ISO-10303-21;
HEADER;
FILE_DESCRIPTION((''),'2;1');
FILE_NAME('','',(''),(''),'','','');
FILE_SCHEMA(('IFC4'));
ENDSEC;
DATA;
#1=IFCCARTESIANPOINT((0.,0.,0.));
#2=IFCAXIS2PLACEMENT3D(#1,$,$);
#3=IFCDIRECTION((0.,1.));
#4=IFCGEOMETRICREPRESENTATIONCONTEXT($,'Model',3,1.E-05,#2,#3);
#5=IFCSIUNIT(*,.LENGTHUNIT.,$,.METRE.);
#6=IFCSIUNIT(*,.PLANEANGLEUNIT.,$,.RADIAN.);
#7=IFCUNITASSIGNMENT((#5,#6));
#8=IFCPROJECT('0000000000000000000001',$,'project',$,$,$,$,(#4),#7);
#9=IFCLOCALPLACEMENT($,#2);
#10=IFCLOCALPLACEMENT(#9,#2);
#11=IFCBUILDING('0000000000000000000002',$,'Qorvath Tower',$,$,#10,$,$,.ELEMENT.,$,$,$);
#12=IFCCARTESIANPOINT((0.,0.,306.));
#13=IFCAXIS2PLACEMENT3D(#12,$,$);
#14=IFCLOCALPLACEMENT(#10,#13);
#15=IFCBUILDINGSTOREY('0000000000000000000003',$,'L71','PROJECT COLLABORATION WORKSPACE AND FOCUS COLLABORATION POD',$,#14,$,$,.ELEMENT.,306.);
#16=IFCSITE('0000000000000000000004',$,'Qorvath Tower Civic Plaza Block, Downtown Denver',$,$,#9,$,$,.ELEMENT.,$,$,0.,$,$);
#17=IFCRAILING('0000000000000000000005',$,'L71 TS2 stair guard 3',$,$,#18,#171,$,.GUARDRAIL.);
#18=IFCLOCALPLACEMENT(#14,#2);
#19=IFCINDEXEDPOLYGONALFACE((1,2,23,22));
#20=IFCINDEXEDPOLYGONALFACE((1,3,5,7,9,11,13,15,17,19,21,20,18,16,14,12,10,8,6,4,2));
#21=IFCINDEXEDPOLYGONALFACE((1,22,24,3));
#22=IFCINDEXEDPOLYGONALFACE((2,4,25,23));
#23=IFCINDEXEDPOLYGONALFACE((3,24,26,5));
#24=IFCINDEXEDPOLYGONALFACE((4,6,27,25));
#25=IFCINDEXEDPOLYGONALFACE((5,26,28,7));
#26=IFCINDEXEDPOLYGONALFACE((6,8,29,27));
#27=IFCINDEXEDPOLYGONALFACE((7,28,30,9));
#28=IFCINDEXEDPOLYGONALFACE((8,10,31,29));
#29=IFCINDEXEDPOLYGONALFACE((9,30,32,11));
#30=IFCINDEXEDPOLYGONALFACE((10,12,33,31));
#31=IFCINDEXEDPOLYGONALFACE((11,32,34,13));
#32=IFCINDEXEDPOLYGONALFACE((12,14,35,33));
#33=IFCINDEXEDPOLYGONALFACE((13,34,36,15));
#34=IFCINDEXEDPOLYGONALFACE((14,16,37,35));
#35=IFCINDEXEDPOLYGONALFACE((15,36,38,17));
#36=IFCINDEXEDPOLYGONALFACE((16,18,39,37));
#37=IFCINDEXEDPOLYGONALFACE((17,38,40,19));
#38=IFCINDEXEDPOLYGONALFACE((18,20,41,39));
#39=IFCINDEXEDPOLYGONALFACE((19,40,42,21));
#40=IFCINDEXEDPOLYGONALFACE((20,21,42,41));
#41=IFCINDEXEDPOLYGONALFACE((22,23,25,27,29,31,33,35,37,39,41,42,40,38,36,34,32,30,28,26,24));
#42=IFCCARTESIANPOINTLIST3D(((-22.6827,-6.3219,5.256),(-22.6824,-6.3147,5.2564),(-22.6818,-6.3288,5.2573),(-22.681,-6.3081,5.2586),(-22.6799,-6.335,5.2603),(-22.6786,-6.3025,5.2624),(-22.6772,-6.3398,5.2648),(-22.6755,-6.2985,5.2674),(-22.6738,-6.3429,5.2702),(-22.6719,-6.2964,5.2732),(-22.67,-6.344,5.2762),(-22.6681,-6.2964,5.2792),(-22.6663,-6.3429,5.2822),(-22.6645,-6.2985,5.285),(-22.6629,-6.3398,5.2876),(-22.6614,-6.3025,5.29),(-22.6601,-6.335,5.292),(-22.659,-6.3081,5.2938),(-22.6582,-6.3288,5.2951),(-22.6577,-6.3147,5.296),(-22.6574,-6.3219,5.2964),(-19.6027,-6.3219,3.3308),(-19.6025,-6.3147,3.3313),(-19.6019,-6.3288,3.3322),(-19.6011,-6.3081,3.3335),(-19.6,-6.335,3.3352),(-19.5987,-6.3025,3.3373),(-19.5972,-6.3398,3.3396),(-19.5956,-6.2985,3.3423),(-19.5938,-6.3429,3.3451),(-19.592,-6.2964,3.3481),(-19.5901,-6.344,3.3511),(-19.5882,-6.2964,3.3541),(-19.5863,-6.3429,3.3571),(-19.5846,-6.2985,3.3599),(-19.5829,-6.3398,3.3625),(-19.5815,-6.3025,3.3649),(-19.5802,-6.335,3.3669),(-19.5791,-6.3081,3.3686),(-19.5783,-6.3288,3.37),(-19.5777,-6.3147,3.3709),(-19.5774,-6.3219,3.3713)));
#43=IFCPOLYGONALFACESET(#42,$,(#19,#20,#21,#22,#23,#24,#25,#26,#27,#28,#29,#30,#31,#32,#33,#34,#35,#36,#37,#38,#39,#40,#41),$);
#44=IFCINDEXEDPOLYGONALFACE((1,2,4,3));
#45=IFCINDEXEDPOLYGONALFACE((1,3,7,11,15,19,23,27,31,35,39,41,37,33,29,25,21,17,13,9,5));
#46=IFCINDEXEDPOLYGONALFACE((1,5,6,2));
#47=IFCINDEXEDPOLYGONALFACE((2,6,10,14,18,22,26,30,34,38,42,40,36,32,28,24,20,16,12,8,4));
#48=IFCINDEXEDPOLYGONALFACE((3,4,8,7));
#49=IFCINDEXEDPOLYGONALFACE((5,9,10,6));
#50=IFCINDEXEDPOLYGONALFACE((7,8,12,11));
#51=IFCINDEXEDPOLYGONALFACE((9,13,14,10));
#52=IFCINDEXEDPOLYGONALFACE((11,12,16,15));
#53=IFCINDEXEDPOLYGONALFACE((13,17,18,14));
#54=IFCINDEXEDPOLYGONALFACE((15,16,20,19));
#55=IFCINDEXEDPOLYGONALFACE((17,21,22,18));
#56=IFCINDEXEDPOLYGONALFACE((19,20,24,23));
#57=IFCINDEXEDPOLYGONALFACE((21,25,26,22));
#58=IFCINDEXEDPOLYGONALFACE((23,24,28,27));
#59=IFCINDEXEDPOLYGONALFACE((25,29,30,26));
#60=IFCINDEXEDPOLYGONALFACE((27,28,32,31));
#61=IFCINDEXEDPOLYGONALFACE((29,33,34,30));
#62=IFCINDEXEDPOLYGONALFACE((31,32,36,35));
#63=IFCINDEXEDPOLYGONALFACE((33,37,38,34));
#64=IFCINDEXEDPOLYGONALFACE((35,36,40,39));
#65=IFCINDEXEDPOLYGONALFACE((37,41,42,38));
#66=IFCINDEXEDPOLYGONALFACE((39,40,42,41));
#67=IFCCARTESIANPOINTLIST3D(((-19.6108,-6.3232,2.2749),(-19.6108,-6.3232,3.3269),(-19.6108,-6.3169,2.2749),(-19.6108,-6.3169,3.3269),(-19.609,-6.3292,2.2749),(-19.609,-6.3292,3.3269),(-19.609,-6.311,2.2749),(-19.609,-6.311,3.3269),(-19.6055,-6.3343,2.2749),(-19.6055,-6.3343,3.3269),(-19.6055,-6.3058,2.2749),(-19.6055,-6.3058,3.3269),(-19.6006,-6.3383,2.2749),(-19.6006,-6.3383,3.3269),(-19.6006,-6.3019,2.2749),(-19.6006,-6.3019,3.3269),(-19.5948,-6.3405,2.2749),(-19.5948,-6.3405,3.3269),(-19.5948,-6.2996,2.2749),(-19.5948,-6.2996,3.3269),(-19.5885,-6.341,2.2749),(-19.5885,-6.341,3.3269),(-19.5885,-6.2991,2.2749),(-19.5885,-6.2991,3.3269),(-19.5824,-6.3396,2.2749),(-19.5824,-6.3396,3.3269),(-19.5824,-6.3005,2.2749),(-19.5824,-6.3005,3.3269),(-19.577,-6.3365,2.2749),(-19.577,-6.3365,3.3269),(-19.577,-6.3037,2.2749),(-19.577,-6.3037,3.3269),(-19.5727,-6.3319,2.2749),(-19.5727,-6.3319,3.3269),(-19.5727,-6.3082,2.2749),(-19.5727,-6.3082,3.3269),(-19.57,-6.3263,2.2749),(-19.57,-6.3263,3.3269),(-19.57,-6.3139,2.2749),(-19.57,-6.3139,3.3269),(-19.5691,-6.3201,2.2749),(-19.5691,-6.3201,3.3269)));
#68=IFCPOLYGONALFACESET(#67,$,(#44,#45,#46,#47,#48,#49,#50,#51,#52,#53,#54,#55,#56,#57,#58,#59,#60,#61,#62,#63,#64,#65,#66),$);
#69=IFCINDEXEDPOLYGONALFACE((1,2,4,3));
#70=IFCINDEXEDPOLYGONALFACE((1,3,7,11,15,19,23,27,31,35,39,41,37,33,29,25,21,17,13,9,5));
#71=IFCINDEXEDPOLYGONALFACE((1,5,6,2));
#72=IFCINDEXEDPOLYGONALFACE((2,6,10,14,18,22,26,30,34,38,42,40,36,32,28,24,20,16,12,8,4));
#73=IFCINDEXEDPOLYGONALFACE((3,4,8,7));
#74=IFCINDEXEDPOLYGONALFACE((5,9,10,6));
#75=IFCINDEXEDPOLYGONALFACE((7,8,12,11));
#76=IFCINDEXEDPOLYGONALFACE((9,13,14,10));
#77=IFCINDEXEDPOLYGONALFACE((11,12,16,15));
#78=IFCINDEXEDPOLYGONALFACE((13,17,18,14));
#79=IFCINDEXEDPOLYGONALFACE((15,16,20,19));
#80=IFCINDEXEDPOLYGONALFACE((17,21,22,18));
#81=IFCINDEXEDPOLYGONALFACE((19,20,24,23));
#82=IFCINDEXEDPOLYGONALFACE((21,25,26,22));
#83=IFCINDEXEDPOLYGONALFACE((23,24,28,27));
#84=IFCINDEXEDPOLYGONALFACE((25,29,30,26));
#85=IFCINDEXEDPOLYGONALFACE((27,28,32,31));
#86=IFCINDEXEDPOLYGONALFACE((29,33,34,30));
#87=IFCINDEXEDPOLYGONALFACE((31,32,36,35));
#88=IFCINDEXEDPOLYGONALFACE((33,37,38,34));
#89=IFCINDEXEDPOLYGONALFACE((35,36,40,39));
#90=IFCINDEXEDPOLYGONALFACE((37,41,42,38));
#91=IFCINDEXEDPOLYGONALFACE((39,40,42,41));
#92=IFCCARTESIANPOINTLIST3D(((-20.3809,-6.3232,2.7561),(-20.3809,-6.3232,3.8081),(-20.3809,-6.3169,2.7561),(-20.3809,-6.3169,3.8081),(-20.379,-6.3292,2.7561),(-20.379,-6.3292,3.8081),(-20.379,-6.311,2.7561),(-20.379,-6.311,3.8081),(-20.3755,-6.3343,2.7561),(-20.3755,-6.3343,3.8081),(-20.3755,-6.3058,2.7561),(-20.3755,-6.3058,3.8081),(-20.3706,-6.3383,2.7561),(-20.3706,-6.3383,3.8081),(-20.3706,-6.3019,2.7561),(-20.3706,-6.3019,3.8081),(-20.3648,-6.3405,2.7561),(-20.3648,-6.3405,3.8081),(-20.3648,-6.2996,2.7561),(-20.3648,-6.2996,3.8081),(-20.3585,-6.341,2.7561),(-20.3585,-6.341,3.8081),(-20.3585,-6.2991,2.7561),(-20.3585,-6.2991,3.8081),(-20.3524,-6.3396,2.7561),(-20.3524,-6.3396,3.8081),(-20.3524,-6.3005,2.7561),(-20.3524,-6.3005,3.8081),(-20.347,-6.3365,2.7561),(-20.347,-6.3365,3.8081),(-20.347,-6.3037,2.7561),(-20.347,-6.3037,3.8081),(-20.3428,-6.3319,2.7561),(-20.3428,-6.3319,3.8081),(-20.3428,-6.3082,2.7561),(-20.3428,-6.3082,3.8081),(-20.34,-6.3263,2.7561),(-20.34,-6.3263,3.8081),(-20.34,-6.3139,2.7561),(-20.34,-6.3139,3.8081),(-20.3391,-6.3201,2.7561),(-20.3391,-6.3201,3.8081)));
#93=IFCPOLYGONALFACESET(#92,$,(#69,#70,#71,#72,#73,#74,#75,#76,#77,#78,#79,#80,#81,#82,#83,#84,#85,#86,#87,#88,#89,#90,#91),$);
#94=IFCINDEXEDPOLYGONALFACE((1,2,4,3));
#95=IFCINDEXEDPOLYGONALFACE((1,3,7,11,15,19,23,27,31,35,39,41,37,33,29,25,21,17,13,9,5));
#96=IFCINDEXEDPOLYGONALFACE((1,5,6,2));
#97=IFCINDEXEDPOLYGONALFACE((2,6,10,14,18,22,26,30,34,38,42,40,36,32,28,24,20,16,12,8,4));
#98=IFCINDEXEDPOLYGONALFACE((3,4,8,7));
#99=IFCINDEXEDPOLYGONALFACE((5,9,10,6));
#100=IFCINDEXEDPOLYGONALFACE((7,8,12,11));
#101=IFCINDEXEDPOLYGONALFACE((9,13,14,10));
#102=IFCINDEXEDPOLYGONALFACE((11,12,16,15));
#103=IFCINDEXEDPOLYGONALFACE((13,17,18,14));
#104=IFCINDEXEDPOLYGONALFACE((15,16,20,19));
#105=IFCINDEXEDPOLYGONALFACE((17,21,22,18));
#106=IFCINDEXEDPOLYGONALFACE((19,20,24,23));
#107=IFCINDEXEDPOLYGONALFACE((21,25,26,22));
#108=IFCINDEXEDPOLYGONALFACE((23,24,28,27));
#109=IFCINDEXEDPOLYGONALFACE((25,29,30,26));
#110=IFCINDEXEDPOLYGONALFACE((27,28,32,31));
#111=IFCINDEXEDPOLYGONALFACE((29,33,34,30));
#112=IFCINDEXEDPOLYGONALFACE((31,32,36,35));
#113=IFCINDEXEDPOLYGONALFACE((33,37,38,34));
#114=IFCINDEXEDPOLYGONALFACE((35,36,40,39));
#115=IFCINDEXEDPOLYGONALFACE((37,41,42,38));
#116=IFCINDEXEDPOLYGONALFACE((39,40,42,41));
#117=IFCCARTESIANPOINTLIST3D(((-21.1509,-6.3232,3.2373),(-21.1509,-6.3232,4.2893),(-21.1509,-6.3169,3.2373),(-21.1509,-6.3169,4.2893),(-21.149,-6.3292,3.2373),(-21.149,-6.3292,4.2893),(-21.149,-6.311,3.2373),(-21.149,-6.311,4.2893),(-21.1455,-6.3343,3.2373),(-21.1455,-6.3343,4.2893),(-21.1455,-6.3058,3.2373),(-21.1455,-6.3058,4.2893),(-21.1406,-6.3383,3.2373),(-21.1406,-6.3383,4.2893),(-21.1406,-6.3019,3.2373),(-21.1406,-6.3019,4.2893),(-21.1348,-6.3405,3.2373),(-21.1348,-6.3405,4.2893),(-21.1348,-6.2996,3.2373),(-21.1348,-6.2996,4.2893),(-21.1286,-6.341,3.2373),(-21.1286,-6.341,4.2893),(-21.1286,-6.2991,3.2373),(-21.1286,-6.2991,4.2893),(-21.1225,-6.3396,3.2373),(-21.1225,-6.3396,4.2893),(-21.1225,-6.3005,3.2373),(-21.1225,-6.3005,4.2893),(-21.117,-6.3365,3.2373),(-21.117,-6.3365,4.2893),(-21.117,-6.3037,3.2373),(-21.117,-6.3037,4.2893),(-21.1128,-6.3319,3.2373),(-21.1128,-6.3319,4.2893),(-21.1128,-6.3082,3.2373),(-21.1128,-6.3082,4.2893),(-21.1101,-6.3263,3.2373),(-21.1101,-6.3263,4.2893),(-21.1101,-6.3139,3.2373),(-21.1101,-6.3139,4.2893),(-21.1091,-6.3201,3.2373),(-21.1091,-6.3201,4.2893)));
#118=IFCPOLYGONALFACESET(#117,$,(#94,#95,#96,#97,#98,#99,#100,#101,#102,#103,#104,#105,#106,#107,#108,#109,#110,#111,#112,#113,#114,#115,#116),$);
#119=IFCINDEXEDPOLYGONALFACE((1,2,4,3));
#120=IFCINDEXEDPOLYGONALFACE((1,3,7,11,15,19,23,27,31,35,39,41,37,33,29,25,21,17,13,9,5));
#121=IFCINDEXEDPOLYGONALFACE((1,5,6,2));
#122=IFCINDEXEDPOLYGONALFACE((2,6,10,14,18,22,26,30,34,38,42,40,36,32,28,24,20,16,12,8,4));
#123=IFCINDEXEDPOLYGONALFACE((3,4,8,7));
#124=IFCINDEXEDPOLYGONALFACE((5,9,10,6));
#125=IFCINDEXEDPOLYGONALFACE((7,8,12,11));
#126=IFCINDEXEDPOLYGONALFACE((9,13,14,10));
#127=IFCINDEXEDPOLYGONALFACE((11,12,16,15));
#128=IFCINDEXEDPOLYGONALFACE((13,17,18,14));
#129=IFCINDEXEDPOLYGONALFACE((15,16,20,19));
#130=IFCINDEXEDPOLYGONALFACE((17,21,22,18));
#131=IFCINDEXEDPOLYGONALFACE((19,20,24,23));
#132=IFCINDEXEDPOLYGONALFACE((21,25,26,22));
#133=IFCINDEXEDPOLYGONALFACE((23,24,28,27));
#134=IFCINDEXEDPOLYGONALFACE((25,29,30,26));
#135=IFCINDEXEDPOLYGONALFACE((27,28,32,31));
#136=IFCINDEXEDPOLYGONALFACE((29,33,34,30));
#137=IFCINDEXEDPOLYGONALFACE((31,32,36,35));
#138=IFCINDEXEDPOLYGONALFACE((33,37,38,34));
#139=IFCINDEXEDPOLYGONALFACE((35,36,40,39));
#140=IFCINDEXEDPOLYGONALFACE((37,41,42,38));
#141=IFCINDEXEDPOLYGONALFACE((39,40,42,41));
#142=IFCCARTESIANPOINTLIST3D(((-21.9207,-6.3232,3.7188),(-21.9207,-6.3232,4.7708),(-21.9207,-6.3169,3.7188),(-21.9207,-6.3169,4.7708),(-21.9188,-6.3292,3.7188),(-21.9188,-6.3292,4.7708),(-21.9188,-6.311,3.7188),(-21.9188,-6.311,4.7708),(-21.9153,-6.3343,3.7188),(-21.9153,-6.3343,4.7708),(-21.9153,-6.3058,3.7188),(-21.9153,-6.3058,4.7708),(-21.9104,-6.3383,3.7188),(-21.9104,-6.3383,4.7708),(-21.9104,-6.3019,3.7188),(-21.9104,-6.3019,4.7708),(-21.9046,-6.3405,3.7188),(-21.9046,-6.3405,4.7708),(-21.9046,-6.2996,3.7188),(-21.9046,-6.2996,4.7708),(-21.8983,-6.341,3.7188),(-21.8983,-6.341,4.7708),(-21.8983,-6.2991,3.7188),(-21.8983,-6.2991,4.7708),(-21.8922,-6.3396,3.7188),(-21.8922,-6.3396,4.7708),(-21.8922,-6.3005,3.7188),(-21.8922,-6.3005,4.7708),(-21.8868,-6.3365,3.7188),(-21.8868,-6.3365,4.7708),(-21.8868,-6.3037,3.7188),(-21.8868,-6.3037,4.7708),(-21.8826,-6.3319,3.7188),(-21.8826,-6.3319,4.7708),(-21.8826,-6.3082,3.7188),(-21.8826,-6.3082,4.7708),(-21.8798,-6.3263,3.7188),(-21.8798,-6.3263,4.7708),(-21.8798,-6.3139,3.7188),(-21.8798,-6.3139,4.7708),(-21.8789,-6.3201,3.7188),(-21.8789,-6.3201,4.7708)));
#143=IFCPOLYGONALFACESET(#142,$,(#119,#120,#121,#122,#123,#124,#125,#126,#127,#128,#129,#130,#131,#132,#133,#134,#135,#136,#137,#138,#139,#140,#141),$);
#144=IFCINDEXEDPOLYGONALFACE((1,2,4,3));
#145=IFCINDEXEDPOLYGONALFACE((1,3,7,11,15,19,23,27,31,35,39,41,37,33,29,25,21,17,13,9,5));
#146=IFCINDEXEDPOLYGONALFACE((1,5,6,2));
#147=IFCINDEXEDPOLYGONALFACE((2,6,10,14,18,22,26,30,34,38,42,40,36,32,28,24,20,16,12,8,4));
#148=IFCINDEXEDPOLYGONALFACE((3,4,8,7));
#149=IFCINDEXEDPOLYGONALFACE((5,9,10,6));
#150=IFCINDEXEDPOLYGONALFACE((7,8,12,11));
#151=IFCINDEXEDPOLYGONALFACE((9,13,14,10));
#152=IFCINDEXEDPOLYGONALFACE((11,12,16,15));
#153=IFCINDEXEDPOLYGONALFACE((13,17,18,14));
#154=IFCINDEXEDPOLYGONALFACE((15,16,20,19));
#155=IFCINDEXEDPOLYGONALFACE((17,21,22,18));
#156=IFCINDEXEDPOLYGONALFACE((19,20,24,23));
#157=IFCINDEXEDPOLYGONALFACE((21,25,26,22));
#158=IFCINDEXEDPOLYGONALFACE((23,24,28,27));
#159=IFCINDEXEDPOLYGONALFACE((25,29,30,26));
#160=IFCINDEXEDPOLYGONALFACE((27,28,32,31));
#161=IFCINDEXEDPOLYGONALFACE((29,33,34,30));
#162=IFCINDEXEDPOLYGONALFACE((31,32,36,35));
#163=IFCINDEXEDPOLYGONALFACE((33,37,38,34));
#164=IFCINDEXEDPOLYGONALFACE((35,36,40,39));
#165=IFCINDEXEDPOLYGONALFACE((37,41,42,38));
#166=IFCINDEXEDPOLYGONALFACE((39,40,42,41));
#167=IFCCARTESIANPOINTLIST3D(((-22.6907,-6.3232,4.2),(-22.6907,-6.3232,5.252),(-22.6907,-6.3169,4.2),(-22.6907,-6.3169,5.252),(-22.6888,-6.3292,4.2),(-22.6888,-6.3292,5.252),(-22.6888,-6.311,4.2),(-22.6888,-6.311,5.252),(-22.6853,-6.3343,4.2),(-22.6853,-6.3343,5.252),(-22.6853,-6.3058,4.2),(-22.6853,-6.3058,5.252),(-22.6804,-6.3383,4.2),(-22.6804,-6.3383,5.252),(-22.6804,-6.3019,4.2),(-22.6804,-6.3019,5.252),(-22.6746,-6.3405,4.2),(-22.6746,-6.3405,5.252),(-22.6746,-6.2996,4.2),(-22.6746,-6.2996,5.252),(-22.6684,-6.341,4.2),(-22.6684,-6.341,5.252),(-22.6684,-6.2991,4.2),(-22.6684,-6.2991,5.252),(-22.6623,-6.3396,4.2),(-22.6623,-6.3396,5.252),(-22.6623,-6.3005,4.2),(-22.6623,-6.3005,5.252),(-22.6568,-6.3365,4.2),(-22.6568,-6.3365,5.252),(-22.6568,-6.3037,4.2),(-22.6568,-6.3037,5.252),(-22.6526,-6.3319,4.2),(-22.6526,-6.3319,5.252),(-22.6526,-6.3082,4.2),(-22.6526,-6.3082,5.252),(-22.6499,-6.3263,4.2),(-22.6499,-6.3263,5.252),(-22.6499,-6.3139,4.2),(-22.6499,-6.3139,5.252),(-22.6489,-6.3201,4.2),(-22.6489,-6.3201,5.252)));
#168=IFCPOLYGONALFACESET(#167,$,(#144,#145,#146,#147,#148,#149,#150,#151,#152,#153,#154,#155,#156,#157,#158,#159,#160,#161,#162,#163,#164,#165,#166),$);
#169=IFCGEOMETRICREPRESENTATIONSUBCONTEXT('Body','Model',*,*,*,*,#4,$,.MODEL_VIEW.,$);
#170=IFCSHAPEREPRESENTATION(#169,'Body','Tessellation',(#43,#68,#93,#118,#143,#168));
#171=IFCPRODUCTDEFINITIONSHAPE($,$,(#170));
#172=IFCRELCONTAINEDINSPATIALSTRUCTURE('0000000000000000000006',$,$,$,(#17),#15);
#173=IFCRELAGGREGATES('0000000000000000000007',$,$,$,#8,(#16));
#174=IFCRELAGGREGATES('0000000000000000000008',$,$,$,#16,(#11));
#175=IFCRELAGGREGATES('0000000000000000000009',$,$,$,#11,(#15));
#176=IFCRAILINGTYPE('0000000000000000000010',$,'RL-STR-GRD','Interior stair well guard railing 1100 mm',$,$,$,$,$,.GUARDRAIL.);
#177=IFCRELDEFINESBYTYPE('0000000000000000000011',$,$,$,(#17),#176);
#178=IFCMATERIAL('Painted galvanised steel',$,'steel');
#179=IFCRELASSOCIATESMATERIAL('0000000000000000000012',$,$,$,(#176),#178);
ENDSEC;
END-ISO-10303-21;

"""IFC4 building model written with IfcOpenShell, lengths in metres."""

from ifc_helpers import new_model, si_unit, direction, frame, origin, origin_2d, place, context, subcontext, project, spatial, circle, extrude, material, type_object, element, save


model = new_model("IFC4")

# Units and contexts
model_context = context("Model", 3, precision=1e-05, world=origin(), true_north=direction((0.0, 1.0)))
body_context = subcontext(model_context, "Body", "Model", "MODEL_VIEW")
ifc_project = project(units=[si_unit("LENGTHUNIT", "METRE"), si_unit("PLANEANGLEUNIT", "RADIAN")], contexts=[model_context])

# Site, building, storey
site_placement = place(None, origin())
site = spatial("IfcSite", under=ifc_project, at=site_placement, Name="Qorvath Tower Civic Plaza Block, Downtown Denver", CompositionType="ELEMENT", RefElevation=0.0)
building_placement = place(site_placement, origin())
building = spatial("IfcBuilding", under=site, at=building_placement, Name="Qorvath Tower", CompositionType="ELEMENT")
storey_placement = place(building_placement, frame((0.0, 0.0, 306.0)))
storey = spatial("IfcBuildingStorey", under=building, at=storey_placement, Name="L71", Description="PROJECT COLLABORATION WORKSPACE AND FOCUS COLLABORATION POD", CompositionType="ELEMENT", Elevation=306.0)

# Railing
ifc_material_1 = material(Name="Painted galvanised steel", Category="steel")
railing_type_1 = type_object("IfcRailingType", Name="RL-STR-GRD", Description="Interior stair well guard railing 1100 mm", PredefinedType="GUARDRAIL", material=ifc_material_1)
railing_1_placement = place(storey_placement, frame((-19.5901, -6.3201, 2.2749)))
element("IfcRailing", 1, at=railing_1_placement, inside=storey, type_object=railing_type_1, Name="L71 TS2 stair guard 3", PredefinedType="GUARDRAIL", context=body_context, shape_type="SweptSolid", body=[
    extrude(circle(Radius=0.0239, at=origin_2d()), frame((0.0, 0.0, 1.0762), z_axis=(-0.847979, 0.0, 0.530029), x_axis=(0.0, -1.0, 0.0)), (0.0, 0.0, 1.0), 3.6321),
    extrude(circle(Radius=0.021, at=origin_2d()), origin(), (0.0, 0.0, 1.0), 1.052),
    extrude(circle(Radius=0.021, at=origin_2d()), frame((-0.77, 0.0, 0.4812)), (0.0, 0.0, 1.0), 1.052),
    extrude(circle(Radius=0.021, at=origin_2d()), frame((-1.54, 0.0, 0.9624)), (0.0, 0.0, 1.0), 1.052),
    extrude(circle(Radius=0.021, at=origin_2d()), frame((-2.3098, 0.0, 1.4438)), (0.0, 0.0, 1.0), 1.052),
    extrude(circle(Radius=0.021, at=origin_2d()), frame((-3.0798, 0.0, 1.925)), (0.0, 0.0, 1.0), 1.052),
])

save(model, "model.ifc")
